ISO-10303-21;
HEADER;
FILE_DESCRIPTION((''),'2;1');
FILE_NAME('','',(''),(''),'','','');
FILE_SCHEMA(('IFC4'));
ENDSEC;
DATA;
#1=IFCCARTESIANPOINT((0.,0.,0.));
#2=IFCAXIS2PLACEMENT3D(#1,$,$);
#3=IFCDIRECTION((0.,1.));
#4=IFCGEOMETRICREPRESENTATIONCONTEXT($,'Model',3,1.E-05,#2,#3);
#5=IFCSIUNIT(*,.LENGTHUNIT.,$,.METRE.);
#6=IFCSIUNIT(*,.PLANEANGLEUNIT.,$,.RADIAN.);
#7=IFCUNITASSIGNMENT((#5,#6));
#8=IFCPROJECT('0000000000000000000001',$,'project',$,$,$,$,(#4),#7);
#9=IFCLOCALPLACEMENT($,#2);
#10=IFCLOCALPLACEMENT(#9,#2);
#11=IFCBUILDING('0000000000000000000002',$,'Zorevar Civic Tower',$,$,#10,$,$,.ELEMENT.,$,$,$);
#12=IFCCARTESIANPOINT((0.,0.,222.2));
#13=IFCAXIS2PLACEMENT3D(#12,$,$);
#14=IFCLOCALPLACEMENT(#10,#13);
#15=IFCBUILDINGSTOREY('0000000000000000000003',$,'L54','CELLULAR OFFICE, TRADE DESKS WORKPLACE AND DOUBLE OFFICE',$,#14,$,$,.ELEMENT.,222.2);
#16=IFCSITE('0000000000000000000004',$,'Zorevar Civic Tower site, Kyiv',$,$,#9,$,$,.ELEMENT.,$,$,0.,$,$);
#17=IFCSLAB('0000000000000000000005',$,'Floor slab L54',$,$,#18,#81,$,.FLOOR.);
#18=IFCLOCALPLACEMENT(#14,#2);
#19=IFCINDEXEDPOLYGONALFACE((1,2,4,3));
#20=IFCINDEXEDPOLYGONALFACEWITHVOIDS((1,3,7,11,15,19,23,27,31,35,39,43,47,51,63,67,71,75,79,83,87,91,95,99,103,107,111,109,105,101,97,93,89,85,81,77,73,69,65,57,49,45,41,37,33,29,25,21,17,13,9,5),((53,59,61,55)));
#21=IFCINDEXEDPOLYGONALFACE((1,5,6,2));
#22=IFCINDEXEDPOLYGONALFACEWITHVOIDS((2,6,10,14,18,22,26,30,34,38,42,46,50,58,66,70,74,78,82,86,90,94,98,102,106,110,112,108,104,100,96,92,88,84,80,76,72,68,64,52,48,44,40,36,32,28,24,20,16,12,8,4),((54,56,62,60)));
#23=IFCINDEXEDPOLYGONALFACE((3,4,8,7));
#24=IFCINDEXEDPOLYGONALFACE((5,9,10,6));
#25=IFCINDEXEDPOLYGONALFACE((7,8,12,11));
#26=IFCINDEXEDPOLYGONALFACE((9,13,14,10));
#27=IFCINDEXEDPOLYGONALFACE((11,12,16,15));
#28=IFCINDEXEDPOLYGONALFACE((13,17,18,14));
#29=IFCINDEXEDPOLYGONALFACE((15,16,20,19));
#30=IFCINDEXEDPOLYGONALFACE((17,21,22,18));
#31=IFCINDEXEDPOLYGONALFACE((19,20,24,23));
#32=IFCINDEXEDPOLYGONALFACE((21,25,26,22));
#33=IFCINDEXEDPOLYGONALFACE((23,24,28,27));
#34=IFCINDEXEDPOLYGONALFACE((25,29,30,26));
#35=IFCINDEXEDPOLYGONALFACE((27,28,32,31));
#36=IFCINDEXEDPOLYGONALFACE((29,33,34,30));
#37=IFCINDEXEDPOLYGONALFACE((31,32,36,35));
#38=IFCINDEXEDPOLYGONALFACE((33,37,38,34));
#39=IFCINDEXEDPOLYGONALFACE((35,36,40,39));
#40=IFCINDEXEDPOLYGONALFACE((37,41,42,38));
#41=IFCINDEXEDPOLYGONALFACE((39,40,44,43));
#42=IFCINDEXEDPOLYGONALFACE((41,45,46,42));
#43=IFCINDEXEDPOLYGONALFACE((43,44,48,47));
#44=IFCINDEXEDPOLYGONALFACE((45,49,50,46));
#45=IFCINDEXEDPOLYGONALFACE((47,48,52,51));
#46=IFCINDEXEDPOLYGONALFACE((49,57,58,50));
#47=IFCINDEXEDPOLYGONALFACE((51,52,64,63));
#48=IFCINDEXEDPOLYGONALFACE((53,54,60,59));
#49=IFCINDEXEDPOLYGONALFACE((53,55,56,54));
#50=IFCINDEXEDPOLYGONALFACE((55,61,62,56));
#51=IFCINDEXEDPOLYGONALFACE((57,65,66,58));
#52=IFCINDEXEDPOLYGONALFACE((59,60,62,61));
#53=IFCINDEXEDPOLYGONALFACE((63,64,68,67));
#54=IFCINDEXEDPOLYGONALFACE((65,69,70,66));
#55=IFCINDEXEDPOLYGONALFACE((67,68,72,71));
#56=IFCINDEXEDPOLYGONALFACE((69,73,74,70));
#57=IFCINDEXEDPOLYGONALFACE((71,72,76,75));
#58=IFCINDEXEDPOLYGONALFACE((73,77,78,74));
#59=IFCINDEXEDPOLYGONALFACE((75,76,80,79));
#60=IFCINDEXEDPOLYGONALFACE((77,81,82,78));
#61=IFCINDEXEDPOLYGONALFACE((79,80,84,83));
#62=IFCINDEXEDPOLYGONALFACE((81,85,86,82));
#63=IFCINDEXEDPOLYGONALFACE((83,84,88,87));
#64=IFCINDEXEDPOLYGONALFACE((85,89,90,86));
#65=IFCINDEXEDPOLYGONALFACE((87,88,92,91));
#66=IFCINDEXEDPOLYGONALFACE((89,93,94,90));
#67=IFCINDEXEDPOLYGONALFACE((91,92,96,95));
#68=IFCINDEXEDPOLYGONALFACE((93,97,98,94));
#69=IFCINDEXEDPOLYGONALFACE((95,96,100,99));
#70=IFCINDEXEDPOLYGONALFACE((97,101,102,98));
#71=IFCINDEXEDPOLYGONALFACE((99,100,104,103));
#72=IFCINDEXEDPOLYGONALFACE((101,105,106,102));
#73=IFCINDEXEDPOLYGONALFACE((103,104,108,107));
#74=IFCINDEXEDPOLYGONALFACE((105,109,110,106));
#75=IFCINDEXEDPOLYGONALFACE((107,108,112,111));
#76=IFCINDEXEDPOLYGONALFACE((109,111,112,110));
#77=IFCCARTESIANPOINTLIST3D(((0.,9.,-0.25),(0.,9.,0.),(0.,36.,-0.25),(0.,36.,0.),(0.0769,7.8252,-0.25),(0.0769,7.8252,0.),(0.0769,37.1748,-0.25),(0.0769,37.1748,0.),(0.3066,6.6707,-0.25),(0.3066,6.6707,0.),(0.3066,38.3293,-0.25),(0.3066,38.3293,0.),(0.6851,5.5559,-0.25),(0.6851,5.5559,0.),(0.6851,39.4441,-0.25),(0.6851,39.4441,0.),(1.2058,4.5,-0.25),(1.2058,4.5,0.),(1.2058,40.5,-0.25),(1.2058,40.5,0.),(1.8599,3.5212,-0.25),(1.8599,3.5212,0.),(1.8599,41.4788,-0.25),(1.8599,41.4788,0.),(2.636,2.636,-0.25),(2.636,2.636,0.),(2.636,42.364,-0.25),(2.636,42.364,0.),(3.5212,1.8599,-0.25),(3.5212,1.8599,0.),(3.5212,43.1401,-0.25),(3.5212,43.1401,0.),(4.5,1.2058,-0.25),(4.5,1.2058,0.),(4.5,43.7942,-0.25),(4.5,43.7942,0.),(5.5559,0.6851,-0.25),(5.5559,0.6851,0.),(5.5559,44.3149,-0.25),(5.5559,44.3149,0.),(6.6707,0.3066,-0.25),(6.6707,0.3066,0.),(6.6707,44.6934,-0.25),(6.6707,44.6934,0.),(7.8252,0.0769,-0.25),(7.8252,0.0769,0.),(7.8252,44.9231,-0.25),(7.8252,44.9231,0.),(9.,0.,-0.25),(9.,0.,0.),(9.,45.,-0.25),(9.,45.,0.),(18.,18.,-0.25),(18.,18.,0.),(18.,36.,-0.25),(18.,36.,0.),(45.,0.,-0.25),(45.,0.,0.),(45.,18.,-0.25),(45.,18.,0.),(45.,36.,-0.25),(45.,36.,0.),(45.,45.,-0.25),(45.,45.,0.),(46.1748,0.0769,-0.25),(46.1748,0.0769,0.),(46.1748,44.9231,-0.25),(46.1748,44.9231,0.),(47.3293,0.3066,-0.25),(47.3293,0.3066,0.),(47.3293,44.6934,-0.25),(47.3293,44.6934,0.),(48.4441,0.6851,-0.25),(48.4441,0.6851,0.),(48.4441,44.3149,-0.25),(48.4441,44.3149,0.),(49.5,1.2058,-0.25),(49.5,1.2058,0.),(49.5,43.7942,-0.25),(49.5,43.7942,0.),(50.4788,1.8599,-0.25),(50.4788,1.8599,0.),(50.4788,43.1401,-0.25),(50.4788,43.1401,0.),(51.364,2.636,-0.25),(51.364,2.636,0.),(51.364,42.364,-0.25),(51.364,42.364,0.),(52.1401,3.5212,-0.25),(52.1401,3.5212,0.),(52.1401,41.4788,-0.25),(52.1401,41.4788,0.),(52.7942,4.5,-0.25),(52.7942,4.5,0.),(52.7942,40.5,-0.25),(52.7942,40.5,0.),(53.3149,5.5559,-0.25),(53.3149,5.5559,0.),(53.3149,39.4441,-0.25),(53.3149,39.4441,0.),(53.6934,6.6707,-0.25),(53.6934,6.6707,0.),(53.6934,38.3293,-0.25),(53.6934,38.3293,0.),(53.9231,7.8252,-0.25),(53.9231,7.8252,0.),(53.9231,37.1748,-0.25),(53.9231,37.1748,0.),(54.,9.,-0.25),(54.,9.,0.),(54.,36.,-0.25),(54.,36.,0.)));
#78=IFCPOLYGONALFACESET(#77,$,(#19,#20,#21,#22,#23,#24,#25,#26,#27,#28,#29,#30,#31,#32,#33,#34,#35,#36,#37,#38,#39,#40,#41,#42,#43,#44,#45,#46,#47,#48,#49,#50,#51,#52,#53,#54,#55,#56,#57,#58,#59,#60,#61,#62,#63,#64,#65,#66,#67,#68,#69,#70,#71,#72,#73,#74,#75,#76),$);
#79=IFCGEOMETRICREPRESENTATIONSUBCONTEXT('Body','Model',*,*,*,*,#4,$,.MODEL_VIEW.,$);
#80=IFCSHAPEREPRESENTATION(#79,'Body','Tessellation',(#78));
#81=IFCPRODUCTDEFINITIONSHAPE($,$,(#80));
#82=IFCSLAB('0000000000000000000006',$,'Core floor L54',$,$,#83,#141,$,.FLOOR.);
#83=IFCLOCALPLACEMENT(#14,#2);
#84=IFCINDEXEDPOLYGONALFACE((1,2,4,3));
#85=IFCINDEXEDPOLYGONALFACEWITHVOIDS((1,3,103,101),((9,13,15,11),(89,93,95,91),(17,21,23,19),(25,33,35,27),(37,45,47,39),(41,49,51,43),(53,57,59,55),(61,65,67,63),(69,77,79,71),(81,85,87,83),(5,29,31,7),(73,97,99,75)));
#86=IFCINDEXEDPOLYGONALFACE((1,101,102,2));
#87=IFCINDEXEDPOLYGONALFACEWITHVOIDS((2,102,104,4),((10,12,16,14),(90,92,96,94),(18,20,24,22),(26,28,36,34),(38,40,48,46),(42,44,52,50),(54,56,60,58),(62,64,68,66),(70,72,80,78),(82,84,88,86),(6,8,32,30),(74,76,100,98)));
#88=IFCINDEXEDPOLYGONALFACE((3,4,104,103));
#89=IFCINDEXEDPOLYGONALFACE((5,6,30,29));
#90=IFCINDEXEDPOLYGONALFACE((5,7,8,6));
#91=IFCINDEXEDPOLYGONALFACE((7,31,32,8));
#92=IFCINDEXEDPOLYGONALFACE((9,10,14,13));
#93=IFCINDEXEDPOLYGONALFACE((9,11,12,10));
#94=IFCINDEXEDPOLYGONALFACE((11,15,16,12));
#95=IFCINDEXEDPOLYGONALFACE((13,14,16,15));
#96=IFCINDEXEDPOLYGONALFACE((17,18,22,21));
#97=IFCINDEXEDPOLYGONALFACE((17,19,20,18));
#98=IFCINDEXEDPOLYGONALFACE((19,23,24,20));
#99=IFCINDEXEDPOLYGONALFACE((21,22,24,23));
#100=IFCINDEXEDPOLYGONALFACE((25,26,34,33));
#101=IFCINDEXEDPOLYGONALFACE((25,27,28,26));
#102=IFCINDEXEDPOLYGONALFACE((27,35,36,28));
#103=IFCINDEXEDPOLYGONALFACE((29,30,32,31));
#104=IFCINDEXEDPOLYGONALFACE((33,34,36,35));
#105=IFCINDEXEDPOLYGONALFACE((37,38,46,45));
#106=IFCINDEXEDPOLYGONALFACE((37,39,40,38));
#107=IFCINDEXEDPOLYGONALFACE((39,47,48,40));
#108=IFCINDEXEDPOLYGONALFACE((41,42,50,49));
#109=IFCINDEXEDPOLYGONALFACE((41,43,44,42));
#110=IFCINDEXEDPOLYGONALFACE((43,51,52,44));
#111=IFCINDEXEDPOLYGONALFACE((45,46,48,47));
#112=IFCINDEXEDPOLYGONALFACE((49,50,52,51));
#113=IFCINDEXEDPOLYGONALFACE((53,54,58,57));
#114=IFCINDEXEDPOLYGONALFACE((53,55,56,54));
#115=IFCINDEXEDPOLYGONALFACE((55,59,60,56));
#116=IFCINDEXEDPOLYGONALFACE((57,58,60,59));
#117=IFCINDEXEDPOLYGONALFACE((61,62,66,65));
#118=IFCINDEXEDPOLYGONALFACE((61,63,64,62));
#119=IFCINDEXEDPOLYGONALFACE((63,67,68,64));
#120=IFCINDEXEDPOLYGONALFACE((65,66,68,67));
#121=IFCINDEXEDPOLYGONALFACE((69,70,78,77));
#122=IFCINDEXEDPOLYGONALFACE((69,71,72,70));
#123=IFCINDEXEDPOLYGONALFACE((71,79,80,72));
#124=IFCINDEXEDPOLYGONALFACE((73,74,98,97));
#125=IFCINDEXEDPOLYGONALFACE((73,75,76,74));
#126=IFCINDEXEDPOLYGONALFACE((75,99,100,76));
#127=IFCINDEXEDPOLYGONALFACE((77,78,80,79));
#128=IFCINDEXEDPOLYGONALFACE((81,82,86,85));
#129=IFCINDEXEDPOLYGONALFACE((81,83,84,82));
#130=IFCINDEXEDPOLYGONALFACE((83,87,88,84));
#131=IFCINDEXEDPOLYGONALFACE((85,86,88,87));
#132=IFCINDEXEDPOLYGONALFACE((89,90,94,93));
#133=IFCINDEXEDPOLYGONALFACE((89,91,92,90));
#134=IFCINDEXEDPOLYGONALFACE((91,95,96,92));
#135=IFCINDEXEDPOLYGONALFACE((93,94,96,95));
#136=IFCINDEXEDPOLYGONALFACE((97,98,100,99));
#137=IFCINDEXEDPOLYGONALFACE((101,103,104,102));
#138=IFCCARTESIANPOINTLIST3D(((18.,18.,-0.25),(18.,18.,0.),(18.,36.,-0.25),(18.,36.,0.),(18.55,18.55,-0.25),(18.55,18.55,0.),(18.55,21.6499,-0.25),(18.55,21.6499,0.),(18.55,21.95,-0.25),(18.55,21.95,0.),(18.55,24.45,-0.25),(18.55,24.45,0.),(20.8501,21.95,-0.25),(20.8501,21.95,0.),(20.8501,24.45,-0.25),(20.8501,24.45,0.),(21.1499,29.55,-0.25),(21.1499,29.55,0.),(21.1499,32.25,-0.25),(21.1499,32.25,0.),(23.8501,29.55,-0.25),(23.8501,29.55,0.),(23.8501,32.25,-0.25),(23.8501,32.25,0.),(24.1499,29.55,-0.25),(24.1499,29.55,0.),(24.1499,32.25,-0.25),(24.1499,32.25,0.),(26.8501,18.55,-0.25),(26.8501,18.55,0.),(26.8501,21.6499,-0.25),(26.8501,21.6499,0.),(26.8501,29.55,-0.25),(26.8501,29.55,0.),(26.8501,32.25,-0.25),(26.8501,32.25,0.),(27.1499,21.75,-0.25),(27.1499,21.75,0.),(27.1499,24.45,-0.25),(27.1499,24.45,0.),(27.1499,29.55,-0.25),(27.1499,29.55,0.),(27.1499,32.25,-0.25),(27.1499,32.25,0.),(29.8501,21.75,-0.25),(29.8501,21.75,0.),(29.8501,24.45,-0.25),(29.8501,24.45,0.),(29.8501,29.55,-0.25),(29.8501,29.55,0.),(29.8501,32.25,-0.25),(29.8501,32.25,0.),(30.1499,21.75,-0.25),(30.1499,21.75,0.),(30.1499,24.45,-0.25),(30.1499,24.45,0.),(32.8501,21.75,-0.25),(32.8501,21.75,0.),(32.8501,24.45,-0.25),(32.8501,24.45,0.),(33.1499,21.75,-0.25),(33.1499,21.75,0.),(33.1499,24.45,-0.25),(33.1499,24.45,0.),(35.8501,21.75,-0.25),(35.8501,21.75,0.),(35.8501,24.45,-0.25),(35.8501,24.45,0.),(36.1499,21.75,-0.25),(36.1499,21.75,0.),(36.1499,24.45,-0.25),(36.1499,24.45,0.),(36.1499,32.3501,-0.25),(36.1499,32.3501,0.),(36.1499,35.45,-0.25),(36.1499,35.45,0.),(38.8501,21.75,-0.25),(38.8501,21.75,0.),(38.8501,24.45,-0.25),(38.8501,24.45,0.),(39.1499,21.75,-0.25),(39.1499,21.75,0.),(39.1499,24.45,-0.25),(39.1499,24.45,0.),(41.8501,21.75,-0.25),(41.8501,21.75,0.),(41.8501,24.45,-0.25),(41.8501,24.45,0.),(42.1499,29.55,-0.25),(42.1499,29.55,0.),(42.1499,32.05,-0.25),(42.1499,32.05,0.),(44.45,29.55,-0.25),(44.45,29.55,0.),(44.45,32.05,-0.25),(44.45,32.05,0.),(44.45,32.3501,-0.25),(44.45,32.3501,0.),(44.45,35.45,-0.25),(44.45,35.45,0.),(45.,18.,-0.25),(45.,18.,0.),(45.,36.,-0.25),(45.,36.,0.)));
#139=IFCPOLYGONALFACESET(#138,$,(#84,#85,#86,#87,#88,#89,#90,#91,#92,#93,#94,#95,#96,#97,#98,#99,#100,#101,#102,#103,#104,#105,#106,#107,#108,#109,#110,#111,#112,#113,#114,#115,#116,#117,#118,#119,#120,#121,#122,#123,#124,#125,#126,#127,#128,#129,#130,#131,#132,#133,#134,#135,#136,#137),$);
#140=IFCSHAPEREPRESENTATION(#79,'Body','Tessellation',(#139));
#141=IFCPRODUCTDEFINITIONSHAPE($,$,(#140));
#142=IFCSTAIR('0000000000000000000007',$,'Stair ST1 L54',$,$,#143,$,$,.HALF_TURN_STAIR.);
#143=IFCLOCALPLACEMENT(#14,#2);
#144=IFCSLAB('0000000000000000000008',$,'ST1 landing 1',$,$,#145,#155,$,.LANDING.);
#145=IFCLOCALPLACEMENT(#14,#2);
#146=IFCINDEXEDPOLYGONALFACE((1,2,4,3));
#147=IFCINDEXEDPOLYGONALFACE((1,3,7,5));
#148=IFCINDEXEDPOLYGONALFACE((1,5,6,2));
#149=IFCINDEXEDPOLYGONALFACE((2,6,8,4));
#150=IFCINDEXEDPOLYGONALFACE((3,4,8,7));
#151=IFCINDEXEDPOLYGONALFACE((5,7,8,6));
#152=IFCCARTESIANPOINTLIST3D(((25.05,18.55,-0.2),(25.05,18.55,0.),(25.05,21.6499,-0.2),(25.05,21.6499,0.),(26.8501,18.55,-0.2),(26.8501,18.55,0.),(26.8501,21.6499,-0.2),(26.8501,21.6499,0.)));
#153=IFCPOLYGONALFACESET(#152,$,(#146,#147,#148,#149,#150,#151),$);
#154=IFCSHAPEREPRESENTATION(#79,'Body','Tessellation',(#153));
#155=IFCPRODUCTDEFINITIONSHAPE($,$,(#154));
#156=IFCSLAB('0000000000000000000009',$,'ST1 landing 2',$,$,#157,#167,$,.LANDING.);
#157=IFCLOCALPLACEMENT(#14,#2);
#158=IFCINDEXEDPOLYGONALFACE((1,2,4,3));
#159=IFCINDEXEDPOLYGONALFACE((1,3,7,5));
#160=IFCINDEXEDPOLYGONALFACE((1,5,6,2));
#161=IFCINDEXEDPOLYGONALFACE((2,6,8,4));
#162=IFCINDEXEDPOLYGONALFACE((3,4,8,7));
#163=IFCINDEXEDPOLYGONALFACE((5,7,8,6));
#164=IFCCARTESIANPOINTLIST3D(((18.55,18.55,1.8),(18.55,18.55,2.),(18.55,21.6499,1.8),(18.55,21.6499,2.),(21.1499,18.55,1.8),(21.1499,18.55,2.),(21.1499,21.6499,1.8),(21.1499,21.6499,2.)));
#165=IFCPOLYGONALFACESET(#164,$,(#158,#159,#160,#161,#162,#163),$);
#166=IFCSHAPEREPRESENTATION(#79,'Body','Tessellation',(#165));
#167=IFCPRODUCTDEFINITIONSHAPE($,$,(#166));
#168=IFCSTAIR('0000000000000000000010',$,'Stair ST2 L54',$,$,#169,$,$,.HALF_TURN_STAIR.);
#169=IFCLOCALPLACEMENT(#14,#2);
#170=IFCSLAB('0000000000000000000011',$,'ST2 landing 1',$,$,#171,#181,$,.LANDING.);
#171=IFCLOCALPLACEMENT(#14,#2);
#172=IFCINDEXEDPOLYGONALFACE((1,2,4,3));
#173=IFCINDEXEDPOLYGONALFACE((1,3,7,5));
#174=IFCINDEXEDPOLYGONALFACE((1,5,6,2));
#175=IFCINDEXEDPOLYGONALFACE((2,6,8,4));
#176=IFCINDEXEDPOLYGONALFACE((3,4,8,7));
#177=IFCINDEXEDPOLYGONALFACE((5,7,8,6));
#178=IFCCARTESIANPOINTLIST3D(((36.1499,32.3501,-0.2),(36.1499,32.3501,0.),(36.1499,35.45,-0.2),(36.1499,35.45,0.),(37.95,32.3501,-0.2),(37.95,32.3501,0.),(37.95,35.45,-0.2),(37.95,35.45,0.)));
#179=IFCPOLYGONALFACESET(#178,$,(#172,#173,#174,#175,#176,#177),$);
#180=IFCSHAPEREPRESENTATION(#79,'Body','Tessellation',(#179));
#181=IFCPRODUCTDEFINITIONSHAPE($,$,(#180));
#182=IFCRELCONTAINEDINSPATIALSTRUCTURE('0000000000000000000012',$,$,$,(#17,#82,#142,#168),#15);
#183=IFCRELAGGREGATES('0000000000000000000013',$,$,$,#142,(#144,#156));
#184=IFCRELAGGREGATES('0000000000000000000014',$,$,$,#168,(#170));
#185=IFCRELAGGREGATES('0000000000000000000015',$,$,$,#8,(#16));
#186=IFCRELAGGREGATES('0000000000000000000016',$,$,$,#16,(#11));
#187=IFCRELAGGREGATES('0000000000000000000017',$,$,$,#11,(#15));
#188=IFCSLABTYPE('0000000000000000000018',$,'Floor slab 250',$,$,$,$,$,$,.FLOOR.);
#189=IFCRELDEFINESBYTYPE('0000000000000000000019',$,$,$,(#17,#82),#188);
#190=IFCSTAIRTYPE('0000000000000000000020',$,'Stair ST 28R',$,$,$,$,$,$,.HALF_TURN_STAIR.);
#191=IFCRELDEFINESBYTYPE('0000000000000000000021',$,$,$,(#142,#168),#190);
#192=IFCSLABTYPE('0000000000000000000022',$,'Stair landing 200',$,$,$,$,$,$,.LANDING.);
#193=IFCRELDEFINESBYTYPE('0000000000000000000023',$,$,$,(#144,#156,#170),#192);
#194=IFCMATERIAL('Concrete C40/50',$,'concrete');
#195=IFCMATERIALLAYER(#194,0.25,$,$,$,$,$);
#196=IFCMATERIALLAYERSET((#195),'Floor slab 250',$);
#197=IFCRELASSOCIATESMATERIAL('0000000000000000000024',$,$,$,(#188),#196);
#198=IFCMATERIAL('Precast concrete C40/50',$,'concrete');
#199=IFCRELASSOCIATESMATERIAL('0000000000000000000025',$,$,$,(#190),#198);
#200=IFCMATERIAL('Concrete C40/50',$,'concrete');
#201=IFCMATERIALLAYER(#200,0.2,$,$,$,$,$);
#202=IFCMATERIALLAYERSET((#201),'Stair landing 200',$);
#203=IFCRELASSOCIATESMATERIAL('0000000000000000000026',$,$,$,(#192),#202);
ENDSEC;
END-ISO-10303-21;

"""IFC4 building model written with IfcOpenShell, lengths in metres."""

from ifc_helpers import new_model, si_unit, direction, frame, origin, place, context, subcontext, project, spatial, polyline, outline, extrude, material, layer, layer_set, type_object, element, aggregate, save


model = new_model("IFC4")

# Units and contexts
model_context = context("Model", 3, precision=1e-05, world=origin(), true_north=direction((0.0, 1.0)))
body_context = subcontext(model_context, "Body", "Model", "MODEL_VIEW")
ifc_project = project(units=[si_unit("LENGTHUNIT", "METRE"), si_unit("PLANEANGLEUNIT", "RADIAN")], contexts=[model_context])

# Site, building, storey
site_placement = place(None, origin())
site = spatial("IfcSite", under=ifc_project, at=site_placement, Name="Zorevar Civic Tower site, Kyiv", CompositionType="ELEMENT", RefElevation=0.0)
building_placement = place(site_placement, origin())
building = spatial("IfcBuilding", under=site, at=building_placement, Name="Zorevar Civic Tower", CompositionType="ELEMENT")
storey_placement = place(building_placement, frame((0.0, 0.0, 222.2)))
storey = spatial("IfcBuildingStorey", under=building, at=storey_placement, Name="L54", Description="CELLULAR OFFICE, TRADE DESKS WORKPLACE AND DOUBLE OFFICE", CompositionType="ELEMENT", Elevation=222.2)

# Slabs
ifc_material_1 = material(Name="Concrete C40/50", Category="concrete")
ifc_layer_1 = layer(ifc_material_1, 0.25)
ifc_layer_set_1 = layer_set([ifc_layer_1], Name="Floor slab 250")
slab_type_1 = type_object("IfcSlabType", Name="Floor slab 250", PredefinedType="FLOOR", material=ifc_layer_set_1)
slab_1_placement = place(storey_placement, frame((0.0, 0.0, -0.25)))
element("IfcSlab", 1, at=slab_1_placement, inside=storey, type_object=slab_type_1, Name="Floor slab L54", PredefinedType="FLOOR", context=body_context, shape_type="SweptSolid", body=[
    extrude(outline(polyline([(45.0, 0.0), (46.1748, 0.0769), (47.3293, 0.3066), (48.4441, 0.6851), (49.5, 1.2058), (50.4788, 1.8599), (51.364, 2.636), (52.1401, 3.5212), (52.7942, 4.5), (53.3149, 5.5559), (53.6934, 6.6707), (53.9231, 7.8252), (54.0, 9.0), (54.0, 36.0), (53.9231, 37.1748), (53.6934, 38.3293), (53.3149, 39.4441), (52.7942, 40.5), (52.1401, 41.4788), (51.364, 42.364), (50.4788, 43.1401), (49.5, 43.7942), (48.4441, 44.3149), (47.3293, 44.6934), (46.1748, 44.9231), (45.0, 45.0), (9.0, 45.0), (7.8252, 44.9231), (6.6707, 44.6934), (5.5559, 44.3149), (4.5, 43.7942), (3.5212, 43.1401), (2.636, 42.364), (1.8599, 41.4788), (1.2058, 40.5), (0.6851, 39.4441), (0.3066, 38.3293), (0.0769, 37.1748), (0.0, 36.0), (0.0, 9.0), (0.0769, 7.8252), (0.3066, 6.6707), (0.6851, 5.5559), (1.2058, 4.5), (1.8599, 3.5212), (2.636, 2.636), (3.5212, 1.8599), (4.5, 1.2058), (5.5559, 0.6851), (6.6707, 0.3066), (7.8252, 0.0769), (9.0, 0.0), (45.0, 0.0)]), holes=[polyline([(18.0, 18.0), (45.0, 18.0), (45.0, 36.0), (18.0, 36.0), (18.0, 18.0)])]), origin(), (0.0, 0.0, 1.0), 0.25),
])
slab_2_placement = place(storey_placement, frame((0.0, 0.0, -0.25)))
element("IfcSlab", 2, at=slab_2_placement, inside=storey, type_object=slab_type_1, Name="Core floor L54", PredefinedType="FLOOR", context=body_context, shape_type="SweptSolid", body=[
    extrude(outline(polyline([(18.0, 18.0), (45.0, 18.0), (45.0, 36.0), (18.0, 36.0), (18.0, 18.0)]), holes=[polyline([(18.55, 18.55), (26.8501, 18.55), (26.8501, 21.6499), (18.55, 21.6499), (18.55, 18.55)]), polyline([(36.1499, 32.3501), (44.45, 32.3501), (44.45, 35.45), (36.1499, 35.45), (36.1499, 32.3501)]), polyline([(18.55, 21.95), (20.8501, 21.95), (20.8501, 24.45), (18.55, 24.45), (18.55, 21.95)]), polyline([(42.1499, 29.55), (44.45, 29.55), (44.45, 32.05), (42.1499, 32.05), (42.1499, 29.55)]), polyline([(27.1499, 21.75), (29.8501, 21.75), (29.8501, 24.45), (27.1499, 24.45), (27.1499, 21.75)]), polyline([(30.1499, 21.75), (32.8501, 21.75), (32.8501, 24.45), (30.1499, 24.45), (30.1499, 21.75)]), polyline([(33.1499, 21.75), (35.8501, 21.75), (35.8501, 24.45), (33.1499, 24.45), (33.1499, 21.75)]), polyline([(27.1499, 29.55), (29.8501, 29.55), (29.8501, 32.25), (27.1499, 32.25), (27.1499, 29.55)]), polyline([(36.1499, 21.75), (38.8501, 21.75), (38.8501, 24.45), (36.1499, 24.45), (36.1499, 21.75)]), polyline([(24.1499, 29.55), (26.8501, 29.55), (26.8501, 32.25), (24.1499, 32.25), (24.1499, 29.55)]), polyline([(39.1499, 21.75), (41.8501, 21.75), (41.8501, 24.45), (39.1499, 24.45), (39.1499, 21.75)]), polyline([(21.1499, 29.55), (23.8501, 29.55), (23.8501, 32.25), (21.1499, 32.25), (21.1499, 29.55)])]), origin(), (0.0, 0.0, 1.0), 0.25),
])

# Stairs, slabs
ifc_material_2 = material(Name="Precast concrete C40/50", Category="concrete")
stair_type = type_object("IfcStairType", Name="Stair ST 28R", PredefinedType="HALF_TURN_STAIR", material=ifc_material_2)
stair_1_placement = place(storey_placement, origin())
stair_1 = element("IfcStair", 3, at=stair_1_placement, inside=storey, type_object=stair_type, Name="Stair ST1 L54", PredefinedType="HALF_TURN_STAIR")
ifc_material_3 = material(Name="Concrete C40/50", Category="concrete")
ifc_layer_2 = layer(ifc_material_3, 0.2)
ifc_layer_set_2 = layer_set([ifc_layer_2], Name="Stair landing 200")
slab_type_2 = type_object("IfcSlabType", Name="Stair landing 200", PredefinedType="LANDING", material=ifc_layer_set_2)
slab_3_placement = place(storey_placement, frame((0.0, 0.0, -0.2)))
slab_3 = element("IfcSlab", 4, at=slab_3_placement, type_object=slab_type_2, Name="ST1 landing 1", PredefinedType="LANDING", context=body_context, shape_type="SweptSolid", body=[
    extrude(outline(polyline([(25.05, 18.55), (26.8501, 18.55), (26.8501, 21.6499), (25.05, 21.6499), (25.05, 18.55)])), origin(), (0.0, 0.0, 1.0), 0.2),
])
slab_4_placement = place(storey_placement, frame((0.0, 0.0, 1.8)))
slab_4 = element("IfcSlab", 5, at=slab_4_placement, type_object=slab_type_2, Name="ST1 landing 2", PredefinedType="LANDING", context=body_context, shape_type="SweptSolid", body=[
    extrude(outline(polyline([(18.55, 18.55), (21.1499, 18.55), (21.1499, 21.6499), (18.55, 21.6499), (18.55, 18.55)])), origin(), (0.0, 0.0, 1.0), 0.2),
])
aggregate(stair_1, [slab_3, slab_4])
stair_2_placement = place(storey_placement, origin())
stair_2 = element("IfcStair", 6, at=stair_2_placement, inside=storey, type_object=stair_type, Name="Stair ST2 L54", PredefinedType="HALF_TURN_STAIR")
slab_5_placement = place(storey_placement, frame((0.0, 0.0, -0.2)))
slab_5 = element("IfcSlab", 7, at=slab_5_placement, type_object=slab_type_2, Name="ST2 landing 1", PredefinedType="LANDING", context=body_context, shape_type="SweptSolid", body=[
    extrude(outline(polyline([(37.95, 32.3501), (36.1499, 32.3501), (36.1499, 35.45), (37.95, 35.45), (37.95, 32.3501)])), origin(), (0.0, 0.0, 1.0), 0.2),
])
aggregate(stair_2, [slab_5])

save(model, "model.ifc")
